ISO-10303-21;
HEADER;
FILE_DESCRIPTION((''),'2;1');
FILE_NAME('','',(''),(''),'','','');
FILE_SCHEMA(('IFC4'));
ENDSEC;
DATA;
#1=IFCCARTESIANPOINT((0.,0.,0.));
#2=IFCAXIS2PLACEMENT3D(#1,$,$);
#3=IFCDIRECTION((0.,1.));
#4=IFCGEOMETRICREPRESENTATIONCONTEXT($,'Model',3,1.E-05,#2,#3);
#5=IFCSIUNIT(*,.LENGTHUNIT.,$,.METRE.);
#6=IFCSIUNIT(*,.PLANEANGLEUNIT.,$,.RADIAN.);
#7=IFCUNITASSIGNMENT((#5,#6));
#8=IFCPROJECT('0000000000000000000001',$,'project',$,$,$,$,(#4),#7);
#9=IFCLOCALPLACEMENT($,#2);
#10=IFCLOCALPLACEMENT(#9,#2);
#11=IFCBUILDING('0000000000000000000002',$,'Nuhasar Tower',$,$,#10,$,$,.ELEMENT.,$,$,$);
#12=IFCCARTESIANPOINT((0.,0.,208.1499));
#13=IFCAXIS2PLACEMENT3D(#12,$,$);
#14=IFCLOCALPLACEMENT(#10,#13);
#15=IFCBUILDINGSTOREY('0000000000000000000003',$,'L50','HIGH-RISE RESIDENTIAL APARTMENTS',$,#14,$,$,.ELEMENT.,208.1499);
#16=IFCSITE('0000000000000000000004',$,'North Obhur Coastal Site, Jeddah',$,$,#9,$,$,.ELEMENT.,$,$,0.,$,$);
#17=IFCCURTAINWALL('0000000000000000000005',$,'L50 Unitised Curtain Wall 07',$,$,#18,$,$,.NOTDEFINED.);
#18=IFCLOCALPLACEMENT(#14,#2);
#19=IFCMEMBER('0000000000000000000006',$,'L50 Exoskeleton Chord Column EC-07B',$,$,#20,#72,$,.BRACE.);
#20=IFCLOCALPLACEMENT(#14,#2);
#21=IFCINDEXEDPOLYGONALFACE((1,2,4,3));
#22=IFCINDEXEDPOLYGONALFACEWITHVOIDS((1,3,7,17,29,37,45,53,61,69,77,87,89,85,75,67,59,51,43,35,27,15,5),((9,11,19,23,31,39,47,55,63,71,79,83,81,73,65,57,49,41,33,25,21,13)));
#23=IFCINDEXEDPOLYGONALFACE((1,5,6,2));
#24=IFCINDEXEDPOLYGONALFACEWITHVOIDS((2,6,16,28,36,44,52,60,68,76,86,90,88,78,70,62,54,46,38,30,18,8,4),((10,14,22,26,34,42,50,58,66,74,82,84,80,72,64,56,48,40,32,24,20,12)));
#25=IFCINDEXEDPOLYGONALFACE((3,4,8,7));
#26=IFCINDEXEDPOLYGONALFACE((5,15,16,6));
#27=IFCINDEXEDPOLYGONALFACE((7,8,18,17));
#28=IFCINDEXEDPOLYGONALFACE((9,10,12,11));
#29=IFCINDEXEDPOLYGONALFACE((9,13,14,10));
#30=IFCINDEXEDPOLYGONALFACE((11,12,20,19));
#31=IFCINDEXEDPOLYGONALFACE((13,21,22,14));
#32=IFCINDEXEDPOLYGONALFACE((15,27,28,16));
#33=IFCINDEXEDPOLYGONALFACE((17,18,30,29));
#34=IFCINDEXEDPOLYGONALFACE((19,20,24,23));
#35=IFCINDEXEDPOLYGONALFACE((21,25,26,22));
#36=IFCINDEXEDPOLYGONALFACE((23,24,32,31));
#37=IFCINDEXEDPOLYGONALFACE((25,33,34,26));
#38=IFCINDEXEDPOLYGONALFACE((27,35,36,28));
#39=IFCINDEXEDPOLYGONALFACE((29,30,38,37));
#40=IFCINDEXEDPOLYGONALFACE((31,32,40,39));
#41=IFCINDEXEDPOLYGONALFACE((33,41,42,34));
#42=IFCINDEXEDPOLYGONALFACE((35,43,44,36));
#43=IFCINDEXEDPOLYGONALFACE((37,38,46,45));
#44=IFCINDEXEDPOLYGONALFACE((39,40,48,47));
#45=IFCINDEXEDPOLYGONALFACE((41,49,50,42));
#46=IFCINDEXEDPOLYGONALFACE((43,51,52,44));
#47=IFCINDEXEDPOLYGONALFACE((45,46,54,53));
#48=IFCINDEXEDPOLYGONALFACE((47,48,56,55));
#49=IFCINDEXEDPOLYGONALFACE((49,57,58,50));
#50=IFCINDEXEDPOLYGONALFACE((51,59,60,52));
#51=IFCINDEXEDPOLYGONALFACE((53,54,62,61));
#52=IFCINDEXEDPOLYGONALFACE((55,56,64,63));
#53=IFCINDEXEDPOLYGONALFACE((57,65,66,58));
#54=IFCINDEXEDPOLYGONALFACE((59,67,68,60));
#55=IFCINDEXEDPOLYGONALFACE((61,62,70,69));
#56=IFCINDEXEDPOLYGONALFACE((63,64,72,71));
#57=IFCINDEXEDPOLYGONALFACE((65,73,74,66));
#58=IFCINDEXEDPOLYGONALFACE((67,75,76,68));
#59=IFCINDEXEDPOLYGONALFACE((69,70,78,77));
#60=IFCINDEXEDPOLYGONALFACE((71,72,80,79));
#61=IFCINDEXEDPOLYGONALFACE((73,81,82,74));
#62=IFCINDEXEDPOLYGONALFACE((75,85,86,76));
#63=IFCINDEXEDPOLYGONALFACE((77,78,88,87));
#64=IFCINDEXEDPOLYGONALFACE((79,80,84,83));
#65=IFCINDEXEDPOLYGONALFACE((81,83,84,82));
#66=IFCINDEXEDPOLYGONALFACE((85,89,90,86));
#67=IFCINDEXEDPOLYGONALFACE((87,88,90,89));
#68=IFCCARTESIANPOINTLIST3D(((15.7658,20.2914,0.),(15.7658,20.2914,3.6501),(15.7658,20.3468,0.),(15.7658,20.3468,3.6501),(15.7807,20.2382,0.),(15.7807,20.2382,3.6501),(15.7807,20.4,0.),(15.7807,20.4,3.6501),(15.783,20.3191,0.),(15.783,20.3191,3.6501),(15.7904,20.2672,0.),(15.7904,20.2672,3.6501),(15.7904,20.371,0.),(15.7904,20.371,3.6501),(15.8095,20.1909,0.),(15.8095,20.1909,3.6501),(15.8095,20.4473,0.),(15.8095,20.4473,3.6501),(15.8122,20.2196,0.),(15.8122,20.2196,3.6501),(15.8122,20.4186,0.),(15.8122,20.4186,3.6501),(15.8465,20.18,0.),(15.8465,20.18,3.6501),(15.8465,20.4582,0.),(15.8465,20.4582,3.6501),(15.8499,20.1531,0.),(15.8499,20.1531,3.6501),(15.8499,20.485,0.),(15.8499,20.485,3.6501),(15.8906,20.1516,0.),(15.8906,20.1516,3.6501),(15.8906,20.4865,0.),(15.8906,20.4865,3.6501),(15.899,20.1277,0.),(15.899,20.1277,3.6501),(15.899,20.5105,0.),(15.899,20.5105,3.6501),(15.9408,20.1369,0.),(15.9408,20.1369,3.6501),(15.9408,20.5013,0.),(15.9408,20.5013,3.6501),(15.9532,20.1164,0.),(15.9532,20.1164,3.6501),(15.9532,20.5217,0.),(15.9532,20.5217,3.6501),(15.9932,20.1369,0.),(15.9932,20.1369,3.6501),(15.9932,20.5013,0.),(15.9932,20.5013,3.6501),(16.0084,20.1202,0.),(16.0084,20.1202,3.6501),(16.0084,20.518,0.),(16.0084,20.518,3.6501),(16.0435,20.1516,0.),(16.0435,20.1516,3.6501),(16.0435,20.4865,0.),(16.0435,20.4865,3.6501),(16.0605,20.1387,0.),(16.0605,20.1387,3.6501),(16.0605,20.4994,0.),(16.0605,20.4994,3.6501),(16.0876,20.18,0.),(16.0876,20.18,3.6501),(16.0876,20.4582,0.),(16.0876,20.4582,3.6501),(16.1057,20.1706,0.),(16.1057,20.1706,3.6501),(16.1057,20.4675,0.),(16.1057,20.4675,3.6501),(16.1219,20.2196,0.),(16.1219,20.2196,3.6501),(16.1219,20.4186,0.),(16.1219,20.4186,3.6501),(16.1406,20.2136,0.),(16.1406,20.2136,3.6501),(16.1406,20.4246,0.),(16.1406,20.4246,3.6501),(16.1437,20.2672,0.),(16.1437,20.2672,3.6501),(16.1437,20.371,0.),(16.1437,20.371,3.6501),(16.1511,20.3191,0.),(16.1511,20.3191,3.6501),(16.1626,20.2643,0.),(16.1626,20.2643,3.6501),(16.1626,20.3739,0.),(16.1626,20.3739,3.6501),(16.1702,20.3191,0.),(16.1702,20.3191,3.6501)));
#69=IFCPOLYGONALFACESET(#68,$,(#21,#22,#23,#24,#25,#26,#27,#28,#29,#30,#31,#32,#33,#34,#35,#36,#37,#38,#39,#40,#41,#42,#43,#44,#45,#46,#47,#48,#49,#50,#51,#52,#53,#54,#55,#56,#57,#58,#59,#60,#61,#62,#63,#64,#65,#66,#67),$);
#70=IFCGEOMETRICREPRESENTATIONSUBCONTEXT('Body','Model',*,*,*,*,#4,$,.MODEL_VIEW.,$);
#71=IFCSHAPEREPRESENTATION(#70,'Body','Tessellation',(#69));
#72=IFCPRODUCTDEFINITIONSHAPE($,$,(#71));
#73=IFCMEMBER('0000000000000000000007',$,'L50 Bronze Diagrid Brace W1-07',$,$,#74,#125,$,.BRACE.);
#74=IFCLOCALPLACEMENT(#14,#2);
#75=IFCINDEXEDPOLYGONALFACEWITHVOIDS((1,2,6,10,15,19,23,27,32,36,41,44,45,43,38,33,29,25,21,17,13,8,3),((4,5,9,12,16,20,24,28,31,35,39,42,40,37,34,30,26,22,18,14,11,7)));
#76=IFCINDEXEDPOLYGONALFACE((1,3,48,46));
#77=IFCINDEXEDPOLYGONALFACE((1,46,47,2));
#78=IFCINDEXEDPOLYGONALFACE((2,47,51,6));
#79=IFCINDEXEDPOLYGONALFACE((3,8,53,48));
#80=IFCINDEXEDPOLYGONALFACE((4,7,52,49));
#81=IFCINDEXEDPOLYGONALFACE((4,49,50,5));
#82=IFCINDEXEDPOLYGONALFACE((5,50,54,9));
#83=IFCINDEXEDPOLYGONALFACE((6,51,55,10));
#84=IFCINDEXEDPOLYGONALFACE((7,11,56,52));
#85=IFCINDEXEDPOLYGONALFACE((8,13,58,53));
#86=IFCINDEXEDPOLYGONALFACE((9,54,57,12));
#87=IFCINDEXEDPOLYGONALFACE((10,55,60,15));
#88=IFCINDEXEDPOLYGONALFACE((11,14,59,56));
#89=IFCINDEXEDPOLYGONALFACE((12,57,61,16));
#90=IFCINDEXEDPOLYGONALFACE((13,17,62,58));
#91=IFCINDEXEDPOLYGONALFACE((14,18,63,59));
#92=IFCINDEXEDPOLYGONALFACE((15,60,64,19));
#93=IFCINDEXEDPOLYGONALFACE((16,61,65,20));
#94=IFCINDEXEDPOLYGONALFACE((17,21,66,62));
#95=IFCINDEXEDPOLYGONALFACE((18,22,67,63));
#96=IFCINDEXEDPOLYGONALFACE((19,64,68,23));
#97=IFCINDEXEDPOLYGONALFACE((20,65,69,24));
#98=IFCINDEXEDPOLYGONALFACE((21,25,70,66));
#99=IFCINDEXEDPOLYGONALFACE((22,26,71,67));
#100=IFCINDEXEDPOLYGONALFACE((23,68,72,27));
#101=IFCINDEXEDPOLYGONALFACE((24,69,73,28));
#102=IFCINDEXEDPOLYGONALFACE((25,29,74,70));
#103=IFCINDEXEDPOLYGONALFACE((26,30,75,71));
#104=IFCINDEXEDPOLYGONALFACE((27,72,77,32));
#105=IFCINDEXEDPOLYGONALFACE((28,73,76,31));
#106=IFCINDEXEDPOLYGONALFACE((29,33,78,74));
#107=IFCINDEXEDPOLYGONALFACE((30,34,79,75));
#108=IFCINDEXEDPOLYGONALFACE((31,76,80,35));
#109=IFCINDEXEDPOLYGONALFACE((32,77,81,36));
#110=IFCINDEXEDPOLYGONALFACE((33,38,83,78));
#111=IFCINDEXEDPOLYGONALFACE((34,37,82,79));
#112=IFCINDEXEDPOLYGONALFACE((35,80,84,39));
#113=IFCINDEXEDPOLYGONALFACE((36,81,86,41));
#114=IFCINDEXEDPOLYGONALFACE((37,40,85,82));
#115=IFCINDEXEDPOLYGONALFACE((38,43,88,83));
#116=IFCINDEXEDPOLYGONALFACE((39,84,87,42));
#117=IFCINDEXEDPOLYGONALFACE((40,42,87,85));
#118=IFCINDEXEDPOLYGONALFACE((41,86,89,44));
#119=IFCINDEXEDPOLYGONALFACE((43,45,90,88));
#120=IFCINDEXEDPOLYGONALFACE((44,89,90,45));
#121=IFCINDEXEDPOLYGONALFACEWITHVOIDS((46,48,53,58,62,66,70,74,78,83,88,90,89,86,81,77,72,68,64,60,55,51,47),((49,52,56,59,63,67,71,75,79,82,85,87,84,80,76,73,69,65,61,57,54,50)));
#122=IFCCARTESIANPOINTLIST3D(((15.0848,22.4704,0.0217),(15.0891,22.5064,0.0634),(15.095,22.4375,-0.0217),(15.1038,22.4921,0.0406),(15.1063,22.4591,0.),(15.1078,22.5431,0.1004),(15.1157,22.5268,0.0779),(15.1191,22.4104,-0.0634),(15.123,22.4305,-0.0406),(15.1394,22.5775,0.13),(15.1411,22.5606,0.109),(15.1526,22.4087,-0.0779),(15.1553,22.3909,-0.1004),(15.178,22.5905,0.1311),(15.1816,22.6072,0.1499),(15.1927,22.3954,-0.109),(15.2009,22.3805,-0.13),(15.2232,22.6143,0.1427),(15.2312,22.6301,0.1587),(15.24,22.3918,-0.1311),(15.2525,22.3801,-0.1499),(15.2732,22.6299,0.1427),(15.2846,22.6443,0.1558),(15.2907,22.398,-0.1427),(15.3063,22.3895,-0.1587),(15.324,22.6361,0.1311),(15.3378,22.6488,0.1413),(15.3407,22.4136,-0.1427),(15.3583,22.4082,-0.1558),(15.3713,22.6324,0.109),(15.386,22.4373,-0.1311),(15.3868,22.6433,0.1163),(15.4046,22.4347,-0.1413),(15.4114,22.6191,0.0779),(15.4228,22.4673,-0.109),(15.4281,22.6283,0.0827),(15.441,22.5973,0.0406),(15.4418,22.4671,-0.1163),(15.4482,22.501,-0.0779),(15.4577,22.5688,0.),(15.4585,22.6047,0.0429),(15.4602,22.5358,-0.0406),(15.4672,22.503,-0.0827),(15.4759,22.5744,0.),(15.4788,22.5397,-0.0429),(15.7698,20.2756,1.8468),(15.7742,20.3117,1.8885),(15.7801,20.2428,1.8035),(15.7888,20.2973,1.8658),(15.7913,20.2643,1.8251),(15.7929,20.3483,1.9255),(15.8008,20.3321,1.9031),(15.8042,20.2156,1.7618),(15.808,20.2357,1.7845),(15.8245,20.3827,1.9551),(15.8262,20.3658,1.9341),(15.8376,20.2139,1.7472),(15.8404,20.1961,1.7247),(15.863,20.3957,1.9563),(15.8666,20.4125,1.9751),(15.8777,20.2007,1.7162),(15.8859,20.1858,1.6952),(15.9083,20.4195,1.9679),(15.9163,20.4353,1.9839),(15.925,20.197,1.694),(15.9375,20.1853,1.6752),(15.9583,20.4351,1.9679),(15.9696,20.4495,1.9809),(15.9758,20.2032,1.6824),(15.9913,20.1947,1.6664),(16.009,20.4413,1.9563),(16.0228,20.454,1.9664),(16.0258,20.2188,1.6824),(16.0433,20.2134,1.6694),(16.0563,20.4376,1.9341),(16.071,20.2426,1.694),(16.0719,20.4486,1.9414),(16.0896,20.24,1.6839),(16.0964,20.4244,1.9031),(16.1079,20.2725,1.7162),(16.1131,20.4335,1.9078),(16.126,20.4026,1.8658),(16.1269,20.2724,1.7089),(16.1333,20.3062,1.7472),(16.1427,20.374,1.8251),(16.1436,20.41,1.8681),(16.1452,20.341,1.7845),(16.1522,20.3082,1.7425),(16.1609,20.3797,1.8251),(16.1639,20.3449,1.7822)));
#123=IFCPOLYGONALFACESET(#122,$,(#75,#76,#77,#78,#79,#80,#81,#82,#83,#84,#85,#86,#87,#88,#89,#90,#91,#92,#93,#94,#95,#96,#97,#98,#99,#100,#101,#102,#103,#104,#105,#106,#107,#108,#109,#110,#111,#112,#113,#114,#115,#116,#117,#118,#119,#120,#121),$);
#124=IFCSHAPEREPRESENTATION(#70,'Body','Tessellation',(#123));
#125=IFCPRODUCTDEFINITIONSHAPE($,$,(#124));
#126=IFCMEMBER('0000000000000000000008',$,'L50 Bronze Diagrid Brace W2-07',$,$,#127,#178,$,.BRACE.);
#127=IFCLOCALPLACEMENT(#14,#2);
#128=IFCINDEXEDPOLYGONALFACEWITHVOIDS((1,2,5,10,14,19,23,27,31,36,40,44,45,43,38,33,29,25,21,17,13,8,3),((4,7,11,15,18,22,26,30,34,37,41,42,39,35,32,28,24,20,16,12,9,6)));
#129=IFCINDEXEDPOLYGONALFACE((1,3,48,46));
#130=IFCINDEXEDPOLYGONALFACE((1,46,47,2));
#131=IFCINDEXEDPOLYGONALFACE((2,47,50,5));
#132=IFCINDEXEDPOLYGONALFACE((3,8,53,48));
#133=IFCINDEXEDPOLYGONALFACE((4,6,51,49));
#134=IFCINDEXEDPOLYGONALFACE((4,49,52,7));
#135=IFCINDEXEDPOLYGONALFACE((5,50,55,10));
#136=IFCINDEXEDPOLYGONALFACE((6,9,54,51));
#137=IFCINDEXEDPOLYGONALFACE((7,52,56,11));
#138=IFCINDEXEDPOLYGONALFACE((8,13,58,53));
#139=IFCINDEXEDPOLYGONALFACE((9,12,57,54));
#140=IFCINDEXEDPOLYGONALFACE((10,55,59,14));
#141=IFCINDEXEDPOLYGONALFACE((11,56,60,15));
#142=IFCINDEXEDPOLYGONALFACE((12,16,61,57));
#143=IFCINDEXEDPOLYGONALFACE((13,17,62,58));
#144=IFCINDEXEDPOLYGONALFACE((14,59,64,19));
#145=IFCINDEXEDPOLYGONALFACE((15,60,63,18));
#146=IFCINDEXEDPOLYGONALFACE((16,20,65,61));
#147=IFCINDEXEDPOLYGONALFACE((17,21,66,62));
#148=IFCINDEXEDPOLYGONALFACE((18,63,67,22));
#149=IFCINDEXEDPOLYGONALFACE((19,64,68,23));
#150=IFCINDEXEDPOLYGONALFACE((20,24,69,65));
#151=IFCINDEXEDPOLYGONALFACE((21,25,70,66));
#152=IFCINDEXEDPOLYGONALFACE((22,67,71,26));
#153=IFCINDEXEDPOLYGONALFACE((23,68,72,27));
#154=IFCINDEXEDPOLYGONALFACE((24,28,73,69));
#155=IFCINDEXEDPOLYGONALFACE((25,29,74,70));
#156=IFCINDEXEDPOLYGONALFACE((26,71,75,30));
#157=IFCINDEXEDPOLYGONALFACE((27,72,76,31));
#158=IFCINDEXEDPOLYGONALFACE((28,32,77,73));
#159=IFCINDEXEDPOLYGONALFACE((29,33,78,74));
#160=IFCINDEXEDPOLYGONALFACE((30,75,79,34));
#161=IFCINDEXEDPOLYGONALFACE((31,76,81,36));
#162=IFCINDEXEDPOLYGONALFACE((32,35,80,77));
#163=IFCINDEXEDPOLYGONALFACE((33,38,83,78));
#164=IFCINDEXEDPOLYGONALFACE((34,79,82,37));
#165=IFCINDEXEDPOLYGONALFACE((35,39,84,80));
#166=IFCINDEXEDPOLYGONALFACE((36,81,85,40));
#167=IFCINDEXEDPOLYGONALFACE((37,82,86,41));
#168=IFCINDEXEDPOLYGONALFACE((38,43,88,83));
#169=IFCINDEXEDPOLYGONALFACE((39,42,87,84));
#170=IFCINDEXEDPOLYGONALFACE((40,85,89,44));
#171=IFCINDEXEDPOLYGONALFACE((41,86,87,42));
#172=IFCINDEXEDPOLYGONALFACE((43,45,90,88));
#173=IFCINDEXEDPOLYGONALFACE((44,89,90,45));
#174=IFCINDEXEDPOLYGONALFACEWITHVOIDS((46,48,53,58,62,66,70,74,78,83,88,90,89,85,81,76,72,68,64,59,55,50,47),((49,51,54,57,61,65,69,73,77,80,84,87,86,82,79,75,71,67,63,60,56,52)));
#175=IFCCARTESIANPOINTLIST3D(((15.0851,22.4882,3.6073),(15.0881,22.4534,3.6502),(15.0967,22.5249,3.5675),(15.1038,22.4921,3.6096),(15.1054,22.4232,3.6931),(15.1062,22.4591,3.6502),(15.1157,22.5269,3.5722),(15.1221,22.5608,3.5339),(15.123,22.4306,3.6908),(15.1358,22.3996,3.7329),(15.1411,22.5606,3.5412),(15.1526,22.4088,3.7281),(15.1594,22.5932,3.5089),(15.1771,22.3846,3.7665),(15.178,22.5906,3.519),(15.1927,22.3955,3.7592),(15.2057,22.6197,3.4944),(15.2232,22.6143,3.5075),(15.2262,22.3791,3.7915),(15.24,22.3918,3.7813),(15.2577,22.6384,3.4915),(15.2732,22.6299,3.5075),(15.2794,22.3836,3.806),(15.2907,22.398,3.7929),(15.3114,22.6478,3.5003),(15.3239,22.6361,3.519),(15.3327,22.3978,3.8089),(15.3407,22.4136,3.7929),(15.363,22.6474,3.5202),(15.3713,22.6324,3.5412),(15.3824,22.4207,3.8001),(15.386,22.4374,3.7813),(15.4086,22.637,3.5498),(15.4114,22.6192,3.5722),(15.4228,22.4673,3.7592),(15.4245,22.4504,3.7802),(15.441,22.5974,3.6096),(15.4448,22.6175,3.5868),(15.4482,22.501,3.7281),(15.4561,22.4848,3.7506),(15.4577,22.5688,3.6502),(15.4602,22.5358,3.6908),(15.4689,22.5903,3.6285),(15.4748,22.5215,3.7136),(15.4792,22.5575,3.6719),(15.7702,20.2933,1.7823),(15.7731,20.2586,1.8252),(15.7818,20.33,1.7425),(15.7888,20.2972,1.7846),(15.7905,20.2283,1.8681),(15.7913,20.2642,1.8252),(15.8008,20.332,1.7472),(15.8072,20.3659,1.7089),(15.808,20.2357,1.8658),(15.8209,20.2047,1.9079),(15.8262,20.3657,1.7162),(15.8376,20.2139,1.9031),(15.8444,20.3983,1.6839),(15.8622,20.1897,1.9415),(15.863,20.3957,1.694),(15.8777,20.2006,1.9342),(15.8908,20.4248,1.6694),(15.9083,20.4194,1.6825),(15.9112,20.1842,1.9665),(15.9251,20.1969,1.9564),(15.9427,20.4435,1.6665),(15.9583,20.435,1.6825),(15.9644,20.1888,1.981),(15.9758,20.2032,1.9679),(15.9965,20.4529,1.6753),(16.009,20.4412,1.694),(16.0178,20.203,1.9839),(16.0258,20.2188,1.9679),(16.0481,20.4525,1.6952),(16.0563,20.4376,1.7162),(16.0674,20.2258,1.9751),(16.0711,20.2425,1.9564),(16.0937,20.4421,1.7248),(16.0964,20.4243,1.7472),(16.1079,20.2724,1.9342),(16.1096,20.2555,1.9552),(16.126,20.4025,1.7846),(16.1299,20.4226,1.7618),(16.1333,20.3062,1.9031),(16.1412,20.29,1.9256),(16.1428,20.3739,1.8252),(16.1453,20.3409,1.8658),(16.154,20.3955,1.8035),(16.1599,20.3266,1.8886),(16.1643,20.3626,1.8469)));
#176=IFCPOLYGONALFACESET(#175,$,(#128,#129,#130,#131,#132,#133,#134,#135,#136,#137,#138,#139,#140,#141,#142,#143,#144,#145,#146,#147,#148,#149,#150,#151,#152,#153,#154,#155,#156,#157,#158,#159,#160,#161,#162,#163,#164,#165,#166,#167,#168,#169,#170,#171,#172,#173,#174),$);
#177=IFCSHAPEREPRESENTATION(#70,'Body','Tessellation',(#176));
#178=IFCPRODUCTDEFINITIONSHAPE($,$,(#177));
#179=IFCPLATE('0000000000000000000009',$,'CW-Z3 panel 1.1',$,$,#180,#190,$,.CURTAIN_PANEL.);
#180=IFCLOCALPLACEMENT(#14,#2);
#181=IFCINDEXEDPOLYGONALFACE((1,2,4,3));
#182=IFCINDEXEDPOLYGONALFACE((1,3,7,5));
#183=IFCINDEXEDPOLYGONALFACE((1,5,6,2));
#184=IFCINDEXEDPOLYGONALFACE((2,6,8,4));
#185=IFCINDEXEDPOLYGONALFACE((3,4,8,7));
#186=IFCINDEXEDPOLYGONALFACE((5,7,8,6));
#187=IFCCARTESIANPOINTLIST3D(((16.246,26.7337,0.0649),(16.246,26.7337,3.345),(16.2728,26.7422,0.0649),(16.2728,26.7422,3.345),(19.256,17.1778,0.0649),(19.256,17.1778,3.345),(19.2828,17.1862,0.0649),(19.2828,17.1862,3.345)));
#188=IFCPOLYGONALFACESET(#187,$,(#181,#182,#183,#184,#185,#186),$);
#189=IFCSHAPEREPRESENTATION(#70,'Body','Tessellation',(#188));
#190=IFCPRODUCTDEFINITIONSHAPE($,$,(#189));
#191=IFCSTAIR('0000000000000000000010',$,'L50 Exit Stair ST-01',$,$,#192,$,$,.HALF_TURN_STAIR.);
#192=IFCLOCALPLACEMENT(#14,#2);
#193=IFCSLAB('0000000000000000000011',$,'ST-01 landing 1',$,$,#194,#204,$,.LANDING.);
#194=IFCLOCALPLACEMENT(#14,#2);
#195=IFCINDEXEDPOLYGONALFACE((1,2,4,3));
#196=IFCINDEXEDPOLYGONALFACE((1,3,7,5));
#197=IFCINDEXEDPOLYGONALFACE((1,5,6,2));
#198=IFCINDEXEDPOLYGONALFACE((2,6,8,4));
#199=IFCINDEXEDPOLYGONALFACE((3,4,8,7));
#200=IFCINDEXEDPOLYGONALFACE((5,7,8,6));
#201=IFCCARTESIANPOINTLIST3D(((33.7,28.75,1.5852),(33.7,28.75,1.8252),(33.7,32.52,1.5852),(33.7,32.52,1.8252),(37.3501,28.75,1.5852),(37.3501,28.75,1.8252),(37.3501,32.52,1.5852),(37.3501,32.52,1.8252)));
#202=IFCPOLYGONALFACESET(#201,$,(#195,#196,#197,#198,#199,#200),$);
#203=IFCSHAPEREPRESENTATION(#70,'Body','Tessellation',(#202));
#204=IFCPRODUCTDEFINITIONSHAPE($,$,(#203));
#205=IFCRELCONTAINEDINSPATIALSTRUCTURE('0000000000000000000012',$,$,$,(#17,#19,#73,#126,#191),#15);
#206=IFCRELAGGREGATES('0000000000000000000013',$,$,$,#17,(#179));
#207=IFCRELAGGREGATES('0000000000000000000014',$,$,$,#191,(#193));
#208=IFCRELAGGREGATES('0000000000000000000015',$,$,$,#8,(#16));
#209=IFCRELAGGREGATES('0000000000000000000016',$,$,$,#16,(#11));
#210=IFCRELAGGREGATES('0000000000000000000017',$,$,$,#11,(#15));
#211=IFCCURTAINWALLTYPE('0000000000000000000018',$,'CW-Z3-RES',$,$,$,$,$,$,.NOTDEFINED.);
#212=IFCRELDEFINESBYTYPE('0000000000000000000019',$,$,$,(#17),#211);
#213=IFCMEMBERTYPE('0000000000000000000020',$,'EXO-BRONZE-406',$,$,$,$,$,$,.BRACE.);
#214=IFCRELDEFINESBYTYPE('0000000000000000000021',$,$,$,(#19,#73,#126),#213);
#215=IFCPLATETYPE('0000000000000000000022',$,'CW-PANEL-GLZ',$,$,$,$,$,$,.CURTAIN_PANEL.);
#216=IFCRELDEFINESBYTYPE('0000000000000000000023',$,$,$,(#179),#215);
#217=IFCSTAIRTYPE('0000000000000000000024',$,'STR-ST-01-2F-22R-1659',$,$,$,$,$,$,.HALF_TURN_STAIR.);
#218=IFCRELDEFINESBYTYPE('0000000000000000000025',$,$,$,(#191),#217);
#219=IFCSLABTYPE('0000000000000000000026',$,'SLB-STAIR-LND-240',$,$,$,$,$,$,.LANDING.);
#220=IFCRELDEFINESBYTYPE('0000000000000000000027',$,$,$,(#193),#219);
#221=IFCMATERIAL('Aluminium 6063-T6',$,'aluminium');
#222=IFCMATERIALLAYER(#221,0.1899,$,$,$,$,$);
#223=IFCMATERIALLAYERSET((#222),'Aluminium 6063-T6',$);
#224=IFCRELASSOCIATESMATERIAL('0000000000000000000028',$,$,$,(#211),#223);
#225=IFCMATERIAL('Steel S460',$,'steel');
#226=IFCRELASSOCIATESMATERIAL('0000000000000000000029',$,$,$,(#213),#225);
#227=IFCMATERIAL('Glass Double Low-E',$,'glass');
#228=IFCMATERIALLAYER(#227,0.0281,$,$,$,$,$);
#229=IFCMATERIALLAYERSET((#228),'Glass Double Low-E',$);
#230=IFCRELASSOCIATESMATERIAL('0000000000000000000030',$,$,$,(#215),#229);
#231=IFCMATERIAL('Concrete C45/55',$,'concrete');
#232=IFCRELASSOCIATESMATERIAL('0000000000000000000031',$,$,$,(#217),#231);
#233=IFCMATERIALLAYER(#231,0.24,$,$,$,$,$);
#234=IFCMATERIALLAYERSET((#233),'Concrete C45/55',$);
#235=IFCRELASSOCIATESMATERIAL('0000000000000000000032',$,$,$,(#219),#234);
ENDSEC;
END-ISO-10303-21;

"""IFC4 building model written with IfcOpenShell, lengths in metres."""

from ifc_helpers import new_model, si_unit, direction, frame, origin, origin_2d, place, context, subcontext, project, spatial, polyline, rectangle, hollow_circle, outline, extrude, material, layer, layer_set, material_profile, profile_set, type_object, element, aggregate, save


model = new_model("IFC4")

# Units and contexts
model_context = context("Model", 3, precision=1e-05, world=origin(), true_north=direction((0.0, 1.0)))
body_context = subcontext(model_context, "Body", "Model", "MODEL_VIEW")
ifc_project = project(units=[si_unit("LENGTHUNIT", "METRE"), si_unit("PLANEANGLEUNIT", "RADIAN")], contexts=[model_context])

# Site, building, storey
site_placement = place(None, origin())
site = spatial("IfcSite", under=ifc_project, at=site_placement, Name="North Obhur Coastal Site, Jeddah", CompositionType="ELEMENT", RefElevation=0.0)
building_placement = place(site_placement, origin())
building = spatial("IfcBuilding", under=site, at=building_placement, Name="Nuhasar Tower", CompositionType="ELEMENT")
storey_placement = place(building_placement, frame((0.0, 0.0, 208.1499)))
storey = spatial("IfcBuildingStorey", under=building, at=storey_placement, Name="L50", Description="HIGH-RISE RESIDENTIAL APARTMENTS", CompositionType="ELEMENT", Elevation=208.1499)

# Curtain wall
ifc_material_1 = material(Name="Aluminium 6063-T6", Category="aluminium")
ifc_layer_1 = layer(ifc_material_1, 0.1899)
ifc_layer_set_1 = layer_set([ifc_layer_1], Name="Aluminium 6063-T6")
curtain_wall_type = type_object("IfcCurtainWallType", Name="CW-Z3-RES", PredefinedType="NOTDEFINED", material=ifc_layer_set_1)
curtain_wall_1_placement = place(storey_placement, origin())
curtain_wall_1 = element("IfcCurtainWall", 1, at=curtain_wall_1_placement, inside=storey, type_object=curtain_wall_type, Name="L50 Unitised Curtain Wall 07", PredefinedType="NOTDEFINED")

# Members
ifc_material_2 = material(Name="Steel S460", Category="steel")
ifc_material_profile_1 = material_profile(ifc_material_2, hollow_circle(Radius=0.2031, WallThickness=0.019, at=origin_2d()), Name="HSS406.4X19.1")
ifc_profile_set_1 = profile_set([ifc_material_profile_1], Name="Steel S460")
member_type_1 = type_object("IfcMemberType", Name="EXO-BRONZE-406", PredefinedType="BRACE", material=ifc_profile_set_1)
for number, where, z_axis, x_axis, name in (
    (2, (15.967, 20.3191, 0.0), (0.0, 0.0, 1.0), (1.0, 0.0, 0.0), "L50 Exoskeleton Chord Column EC-07B"),
):
    element("IfcMember", number, at=place(storey_placement, frame(where, z_axis=z_axis, x_axis=x_axis)), inside=storey, type_object=member_type_1, Name=name, PredefinedType="BRACE", context=body_context, shape_type="SweptSolid", body=[
        extrude(hollow_circle(Radius=0.2031, WallThickness=0.019, at=origin_2d()), origin(), (0.0, 0.0, 1.0), 3.6501),
    ])
for number, where, z_axis, x_axis, name in (
    (3, (15.282, 22.5139, 0.0), (0.23336, -0.747651, 0.62174), (0.954582, 0.297948, 0.0), "L50 Bronze Diagrid Brace W1-07"),
    (4, (15.967, 20.3191, 1.8252), (-0.233372, 0.74769, 0.621689), (-0.954582, -0.297948, 0.0), "L50 Bronze Diagrid Brace W2-07"),
):
    element("IfcMember", number, at=place(storey_placement, frame(where, z_axis=z_axis, x_axis=x_axis)), inside=storey, type_object=member_type_1, Name=name, PredefinedType="BRACE", context=body_context, shape_type="SweptSolid", body=[
        extrude(hollow_circle(Radius=0.2031, WallThickness=0.019, at=origin_2d()), origin(), (0.0, 0.0, 1.0), 2.9355),
    ])

# Plate
ifc_material_3 = material(Name="Glass Double Low-E", Category="glass")
ifc_layer_2 = layer(ifc_material_3, 0.0281)
ifc_layer_set_2 = layer_set([ifc_layer_2], Name="Glass Double Low-E")
plate_type = type_object("IfcPlateType", Name="CW-PANEL-GLZ", PredefinedType="CURTAIN_PANEL", material=ifc_layer_set_2)
plate_placement = place(storey_placement, frame((17.7644, 21.96, 0.0649), z_axis=(0.0, 0.0, 1.0), x_axis=(0.300429, -0.953804, 0.0)))
plate = element("IfcPlate", 5, at=plate_placement, type_object=plate_type, Name="CW-Z3 panel 1.1", PredefinedType="CURTAIN_PANEL", context=body_context, shape_type="SweptSolid", body=[
    extrude(rectangle(XDim=10.0188, YDim=0.0281, at=origin_2d()), origin(), (0.0, 0.0, 1.0), 3.28),
])
aggregate(curtain_wall_1, [plate])

# Stair, slab
ifc_material_4 = material(Name="Concrete C45/55", Category="concrete")
stair_type_1 = type_object("IfcStairType", Name="STR-ST-01-2F-22R-1659", PredefinedType="HALF_TURN_STAIR", material=ifc_material_4)
stair_1_placement = place(storey_placement, origin())
stair_1 = element("IfcStair", 6, at=stair_1_placement, inside=storey, type_object=stair_type_1, Name="L50 Exit Stair ST-01", PredefinedType="HALF_TURN_STAIR")
ifc_layer_3 = layer(ifc_material_4, 0.24)
ifc_layer_set_3 = layer_set([ifc_layer_3], Name="Concrete C45/55")
slab_type_1 = type_object("IfcSlabType", Name="SLB-STAIR-LND-240", PredefinedType="LANDING", material=ifc_layer_set_3)
slab_1_placement = place(storey_placement, frame((0.0, 0.0, 1.5852)))
slab_1 = element("IfcSlab", 7, at=slab_1_placement, type_object=slab_type_1, Name="ST-01 landing 1", PredefinedType="LANDING", context=body_context, shape_type="SweptSolid", body=[
    extrude(outline(polyline([(33.7, 28.75), (37.3501, 28.75), (37.3501, 32.52), (33.7, 32.52), (33.7, 28.75)])), origin(), (0.0, 0.0, 1.0), 0.24),
])
aggregate(stair_1, [slab_1])

save(model, "model.ifc")
